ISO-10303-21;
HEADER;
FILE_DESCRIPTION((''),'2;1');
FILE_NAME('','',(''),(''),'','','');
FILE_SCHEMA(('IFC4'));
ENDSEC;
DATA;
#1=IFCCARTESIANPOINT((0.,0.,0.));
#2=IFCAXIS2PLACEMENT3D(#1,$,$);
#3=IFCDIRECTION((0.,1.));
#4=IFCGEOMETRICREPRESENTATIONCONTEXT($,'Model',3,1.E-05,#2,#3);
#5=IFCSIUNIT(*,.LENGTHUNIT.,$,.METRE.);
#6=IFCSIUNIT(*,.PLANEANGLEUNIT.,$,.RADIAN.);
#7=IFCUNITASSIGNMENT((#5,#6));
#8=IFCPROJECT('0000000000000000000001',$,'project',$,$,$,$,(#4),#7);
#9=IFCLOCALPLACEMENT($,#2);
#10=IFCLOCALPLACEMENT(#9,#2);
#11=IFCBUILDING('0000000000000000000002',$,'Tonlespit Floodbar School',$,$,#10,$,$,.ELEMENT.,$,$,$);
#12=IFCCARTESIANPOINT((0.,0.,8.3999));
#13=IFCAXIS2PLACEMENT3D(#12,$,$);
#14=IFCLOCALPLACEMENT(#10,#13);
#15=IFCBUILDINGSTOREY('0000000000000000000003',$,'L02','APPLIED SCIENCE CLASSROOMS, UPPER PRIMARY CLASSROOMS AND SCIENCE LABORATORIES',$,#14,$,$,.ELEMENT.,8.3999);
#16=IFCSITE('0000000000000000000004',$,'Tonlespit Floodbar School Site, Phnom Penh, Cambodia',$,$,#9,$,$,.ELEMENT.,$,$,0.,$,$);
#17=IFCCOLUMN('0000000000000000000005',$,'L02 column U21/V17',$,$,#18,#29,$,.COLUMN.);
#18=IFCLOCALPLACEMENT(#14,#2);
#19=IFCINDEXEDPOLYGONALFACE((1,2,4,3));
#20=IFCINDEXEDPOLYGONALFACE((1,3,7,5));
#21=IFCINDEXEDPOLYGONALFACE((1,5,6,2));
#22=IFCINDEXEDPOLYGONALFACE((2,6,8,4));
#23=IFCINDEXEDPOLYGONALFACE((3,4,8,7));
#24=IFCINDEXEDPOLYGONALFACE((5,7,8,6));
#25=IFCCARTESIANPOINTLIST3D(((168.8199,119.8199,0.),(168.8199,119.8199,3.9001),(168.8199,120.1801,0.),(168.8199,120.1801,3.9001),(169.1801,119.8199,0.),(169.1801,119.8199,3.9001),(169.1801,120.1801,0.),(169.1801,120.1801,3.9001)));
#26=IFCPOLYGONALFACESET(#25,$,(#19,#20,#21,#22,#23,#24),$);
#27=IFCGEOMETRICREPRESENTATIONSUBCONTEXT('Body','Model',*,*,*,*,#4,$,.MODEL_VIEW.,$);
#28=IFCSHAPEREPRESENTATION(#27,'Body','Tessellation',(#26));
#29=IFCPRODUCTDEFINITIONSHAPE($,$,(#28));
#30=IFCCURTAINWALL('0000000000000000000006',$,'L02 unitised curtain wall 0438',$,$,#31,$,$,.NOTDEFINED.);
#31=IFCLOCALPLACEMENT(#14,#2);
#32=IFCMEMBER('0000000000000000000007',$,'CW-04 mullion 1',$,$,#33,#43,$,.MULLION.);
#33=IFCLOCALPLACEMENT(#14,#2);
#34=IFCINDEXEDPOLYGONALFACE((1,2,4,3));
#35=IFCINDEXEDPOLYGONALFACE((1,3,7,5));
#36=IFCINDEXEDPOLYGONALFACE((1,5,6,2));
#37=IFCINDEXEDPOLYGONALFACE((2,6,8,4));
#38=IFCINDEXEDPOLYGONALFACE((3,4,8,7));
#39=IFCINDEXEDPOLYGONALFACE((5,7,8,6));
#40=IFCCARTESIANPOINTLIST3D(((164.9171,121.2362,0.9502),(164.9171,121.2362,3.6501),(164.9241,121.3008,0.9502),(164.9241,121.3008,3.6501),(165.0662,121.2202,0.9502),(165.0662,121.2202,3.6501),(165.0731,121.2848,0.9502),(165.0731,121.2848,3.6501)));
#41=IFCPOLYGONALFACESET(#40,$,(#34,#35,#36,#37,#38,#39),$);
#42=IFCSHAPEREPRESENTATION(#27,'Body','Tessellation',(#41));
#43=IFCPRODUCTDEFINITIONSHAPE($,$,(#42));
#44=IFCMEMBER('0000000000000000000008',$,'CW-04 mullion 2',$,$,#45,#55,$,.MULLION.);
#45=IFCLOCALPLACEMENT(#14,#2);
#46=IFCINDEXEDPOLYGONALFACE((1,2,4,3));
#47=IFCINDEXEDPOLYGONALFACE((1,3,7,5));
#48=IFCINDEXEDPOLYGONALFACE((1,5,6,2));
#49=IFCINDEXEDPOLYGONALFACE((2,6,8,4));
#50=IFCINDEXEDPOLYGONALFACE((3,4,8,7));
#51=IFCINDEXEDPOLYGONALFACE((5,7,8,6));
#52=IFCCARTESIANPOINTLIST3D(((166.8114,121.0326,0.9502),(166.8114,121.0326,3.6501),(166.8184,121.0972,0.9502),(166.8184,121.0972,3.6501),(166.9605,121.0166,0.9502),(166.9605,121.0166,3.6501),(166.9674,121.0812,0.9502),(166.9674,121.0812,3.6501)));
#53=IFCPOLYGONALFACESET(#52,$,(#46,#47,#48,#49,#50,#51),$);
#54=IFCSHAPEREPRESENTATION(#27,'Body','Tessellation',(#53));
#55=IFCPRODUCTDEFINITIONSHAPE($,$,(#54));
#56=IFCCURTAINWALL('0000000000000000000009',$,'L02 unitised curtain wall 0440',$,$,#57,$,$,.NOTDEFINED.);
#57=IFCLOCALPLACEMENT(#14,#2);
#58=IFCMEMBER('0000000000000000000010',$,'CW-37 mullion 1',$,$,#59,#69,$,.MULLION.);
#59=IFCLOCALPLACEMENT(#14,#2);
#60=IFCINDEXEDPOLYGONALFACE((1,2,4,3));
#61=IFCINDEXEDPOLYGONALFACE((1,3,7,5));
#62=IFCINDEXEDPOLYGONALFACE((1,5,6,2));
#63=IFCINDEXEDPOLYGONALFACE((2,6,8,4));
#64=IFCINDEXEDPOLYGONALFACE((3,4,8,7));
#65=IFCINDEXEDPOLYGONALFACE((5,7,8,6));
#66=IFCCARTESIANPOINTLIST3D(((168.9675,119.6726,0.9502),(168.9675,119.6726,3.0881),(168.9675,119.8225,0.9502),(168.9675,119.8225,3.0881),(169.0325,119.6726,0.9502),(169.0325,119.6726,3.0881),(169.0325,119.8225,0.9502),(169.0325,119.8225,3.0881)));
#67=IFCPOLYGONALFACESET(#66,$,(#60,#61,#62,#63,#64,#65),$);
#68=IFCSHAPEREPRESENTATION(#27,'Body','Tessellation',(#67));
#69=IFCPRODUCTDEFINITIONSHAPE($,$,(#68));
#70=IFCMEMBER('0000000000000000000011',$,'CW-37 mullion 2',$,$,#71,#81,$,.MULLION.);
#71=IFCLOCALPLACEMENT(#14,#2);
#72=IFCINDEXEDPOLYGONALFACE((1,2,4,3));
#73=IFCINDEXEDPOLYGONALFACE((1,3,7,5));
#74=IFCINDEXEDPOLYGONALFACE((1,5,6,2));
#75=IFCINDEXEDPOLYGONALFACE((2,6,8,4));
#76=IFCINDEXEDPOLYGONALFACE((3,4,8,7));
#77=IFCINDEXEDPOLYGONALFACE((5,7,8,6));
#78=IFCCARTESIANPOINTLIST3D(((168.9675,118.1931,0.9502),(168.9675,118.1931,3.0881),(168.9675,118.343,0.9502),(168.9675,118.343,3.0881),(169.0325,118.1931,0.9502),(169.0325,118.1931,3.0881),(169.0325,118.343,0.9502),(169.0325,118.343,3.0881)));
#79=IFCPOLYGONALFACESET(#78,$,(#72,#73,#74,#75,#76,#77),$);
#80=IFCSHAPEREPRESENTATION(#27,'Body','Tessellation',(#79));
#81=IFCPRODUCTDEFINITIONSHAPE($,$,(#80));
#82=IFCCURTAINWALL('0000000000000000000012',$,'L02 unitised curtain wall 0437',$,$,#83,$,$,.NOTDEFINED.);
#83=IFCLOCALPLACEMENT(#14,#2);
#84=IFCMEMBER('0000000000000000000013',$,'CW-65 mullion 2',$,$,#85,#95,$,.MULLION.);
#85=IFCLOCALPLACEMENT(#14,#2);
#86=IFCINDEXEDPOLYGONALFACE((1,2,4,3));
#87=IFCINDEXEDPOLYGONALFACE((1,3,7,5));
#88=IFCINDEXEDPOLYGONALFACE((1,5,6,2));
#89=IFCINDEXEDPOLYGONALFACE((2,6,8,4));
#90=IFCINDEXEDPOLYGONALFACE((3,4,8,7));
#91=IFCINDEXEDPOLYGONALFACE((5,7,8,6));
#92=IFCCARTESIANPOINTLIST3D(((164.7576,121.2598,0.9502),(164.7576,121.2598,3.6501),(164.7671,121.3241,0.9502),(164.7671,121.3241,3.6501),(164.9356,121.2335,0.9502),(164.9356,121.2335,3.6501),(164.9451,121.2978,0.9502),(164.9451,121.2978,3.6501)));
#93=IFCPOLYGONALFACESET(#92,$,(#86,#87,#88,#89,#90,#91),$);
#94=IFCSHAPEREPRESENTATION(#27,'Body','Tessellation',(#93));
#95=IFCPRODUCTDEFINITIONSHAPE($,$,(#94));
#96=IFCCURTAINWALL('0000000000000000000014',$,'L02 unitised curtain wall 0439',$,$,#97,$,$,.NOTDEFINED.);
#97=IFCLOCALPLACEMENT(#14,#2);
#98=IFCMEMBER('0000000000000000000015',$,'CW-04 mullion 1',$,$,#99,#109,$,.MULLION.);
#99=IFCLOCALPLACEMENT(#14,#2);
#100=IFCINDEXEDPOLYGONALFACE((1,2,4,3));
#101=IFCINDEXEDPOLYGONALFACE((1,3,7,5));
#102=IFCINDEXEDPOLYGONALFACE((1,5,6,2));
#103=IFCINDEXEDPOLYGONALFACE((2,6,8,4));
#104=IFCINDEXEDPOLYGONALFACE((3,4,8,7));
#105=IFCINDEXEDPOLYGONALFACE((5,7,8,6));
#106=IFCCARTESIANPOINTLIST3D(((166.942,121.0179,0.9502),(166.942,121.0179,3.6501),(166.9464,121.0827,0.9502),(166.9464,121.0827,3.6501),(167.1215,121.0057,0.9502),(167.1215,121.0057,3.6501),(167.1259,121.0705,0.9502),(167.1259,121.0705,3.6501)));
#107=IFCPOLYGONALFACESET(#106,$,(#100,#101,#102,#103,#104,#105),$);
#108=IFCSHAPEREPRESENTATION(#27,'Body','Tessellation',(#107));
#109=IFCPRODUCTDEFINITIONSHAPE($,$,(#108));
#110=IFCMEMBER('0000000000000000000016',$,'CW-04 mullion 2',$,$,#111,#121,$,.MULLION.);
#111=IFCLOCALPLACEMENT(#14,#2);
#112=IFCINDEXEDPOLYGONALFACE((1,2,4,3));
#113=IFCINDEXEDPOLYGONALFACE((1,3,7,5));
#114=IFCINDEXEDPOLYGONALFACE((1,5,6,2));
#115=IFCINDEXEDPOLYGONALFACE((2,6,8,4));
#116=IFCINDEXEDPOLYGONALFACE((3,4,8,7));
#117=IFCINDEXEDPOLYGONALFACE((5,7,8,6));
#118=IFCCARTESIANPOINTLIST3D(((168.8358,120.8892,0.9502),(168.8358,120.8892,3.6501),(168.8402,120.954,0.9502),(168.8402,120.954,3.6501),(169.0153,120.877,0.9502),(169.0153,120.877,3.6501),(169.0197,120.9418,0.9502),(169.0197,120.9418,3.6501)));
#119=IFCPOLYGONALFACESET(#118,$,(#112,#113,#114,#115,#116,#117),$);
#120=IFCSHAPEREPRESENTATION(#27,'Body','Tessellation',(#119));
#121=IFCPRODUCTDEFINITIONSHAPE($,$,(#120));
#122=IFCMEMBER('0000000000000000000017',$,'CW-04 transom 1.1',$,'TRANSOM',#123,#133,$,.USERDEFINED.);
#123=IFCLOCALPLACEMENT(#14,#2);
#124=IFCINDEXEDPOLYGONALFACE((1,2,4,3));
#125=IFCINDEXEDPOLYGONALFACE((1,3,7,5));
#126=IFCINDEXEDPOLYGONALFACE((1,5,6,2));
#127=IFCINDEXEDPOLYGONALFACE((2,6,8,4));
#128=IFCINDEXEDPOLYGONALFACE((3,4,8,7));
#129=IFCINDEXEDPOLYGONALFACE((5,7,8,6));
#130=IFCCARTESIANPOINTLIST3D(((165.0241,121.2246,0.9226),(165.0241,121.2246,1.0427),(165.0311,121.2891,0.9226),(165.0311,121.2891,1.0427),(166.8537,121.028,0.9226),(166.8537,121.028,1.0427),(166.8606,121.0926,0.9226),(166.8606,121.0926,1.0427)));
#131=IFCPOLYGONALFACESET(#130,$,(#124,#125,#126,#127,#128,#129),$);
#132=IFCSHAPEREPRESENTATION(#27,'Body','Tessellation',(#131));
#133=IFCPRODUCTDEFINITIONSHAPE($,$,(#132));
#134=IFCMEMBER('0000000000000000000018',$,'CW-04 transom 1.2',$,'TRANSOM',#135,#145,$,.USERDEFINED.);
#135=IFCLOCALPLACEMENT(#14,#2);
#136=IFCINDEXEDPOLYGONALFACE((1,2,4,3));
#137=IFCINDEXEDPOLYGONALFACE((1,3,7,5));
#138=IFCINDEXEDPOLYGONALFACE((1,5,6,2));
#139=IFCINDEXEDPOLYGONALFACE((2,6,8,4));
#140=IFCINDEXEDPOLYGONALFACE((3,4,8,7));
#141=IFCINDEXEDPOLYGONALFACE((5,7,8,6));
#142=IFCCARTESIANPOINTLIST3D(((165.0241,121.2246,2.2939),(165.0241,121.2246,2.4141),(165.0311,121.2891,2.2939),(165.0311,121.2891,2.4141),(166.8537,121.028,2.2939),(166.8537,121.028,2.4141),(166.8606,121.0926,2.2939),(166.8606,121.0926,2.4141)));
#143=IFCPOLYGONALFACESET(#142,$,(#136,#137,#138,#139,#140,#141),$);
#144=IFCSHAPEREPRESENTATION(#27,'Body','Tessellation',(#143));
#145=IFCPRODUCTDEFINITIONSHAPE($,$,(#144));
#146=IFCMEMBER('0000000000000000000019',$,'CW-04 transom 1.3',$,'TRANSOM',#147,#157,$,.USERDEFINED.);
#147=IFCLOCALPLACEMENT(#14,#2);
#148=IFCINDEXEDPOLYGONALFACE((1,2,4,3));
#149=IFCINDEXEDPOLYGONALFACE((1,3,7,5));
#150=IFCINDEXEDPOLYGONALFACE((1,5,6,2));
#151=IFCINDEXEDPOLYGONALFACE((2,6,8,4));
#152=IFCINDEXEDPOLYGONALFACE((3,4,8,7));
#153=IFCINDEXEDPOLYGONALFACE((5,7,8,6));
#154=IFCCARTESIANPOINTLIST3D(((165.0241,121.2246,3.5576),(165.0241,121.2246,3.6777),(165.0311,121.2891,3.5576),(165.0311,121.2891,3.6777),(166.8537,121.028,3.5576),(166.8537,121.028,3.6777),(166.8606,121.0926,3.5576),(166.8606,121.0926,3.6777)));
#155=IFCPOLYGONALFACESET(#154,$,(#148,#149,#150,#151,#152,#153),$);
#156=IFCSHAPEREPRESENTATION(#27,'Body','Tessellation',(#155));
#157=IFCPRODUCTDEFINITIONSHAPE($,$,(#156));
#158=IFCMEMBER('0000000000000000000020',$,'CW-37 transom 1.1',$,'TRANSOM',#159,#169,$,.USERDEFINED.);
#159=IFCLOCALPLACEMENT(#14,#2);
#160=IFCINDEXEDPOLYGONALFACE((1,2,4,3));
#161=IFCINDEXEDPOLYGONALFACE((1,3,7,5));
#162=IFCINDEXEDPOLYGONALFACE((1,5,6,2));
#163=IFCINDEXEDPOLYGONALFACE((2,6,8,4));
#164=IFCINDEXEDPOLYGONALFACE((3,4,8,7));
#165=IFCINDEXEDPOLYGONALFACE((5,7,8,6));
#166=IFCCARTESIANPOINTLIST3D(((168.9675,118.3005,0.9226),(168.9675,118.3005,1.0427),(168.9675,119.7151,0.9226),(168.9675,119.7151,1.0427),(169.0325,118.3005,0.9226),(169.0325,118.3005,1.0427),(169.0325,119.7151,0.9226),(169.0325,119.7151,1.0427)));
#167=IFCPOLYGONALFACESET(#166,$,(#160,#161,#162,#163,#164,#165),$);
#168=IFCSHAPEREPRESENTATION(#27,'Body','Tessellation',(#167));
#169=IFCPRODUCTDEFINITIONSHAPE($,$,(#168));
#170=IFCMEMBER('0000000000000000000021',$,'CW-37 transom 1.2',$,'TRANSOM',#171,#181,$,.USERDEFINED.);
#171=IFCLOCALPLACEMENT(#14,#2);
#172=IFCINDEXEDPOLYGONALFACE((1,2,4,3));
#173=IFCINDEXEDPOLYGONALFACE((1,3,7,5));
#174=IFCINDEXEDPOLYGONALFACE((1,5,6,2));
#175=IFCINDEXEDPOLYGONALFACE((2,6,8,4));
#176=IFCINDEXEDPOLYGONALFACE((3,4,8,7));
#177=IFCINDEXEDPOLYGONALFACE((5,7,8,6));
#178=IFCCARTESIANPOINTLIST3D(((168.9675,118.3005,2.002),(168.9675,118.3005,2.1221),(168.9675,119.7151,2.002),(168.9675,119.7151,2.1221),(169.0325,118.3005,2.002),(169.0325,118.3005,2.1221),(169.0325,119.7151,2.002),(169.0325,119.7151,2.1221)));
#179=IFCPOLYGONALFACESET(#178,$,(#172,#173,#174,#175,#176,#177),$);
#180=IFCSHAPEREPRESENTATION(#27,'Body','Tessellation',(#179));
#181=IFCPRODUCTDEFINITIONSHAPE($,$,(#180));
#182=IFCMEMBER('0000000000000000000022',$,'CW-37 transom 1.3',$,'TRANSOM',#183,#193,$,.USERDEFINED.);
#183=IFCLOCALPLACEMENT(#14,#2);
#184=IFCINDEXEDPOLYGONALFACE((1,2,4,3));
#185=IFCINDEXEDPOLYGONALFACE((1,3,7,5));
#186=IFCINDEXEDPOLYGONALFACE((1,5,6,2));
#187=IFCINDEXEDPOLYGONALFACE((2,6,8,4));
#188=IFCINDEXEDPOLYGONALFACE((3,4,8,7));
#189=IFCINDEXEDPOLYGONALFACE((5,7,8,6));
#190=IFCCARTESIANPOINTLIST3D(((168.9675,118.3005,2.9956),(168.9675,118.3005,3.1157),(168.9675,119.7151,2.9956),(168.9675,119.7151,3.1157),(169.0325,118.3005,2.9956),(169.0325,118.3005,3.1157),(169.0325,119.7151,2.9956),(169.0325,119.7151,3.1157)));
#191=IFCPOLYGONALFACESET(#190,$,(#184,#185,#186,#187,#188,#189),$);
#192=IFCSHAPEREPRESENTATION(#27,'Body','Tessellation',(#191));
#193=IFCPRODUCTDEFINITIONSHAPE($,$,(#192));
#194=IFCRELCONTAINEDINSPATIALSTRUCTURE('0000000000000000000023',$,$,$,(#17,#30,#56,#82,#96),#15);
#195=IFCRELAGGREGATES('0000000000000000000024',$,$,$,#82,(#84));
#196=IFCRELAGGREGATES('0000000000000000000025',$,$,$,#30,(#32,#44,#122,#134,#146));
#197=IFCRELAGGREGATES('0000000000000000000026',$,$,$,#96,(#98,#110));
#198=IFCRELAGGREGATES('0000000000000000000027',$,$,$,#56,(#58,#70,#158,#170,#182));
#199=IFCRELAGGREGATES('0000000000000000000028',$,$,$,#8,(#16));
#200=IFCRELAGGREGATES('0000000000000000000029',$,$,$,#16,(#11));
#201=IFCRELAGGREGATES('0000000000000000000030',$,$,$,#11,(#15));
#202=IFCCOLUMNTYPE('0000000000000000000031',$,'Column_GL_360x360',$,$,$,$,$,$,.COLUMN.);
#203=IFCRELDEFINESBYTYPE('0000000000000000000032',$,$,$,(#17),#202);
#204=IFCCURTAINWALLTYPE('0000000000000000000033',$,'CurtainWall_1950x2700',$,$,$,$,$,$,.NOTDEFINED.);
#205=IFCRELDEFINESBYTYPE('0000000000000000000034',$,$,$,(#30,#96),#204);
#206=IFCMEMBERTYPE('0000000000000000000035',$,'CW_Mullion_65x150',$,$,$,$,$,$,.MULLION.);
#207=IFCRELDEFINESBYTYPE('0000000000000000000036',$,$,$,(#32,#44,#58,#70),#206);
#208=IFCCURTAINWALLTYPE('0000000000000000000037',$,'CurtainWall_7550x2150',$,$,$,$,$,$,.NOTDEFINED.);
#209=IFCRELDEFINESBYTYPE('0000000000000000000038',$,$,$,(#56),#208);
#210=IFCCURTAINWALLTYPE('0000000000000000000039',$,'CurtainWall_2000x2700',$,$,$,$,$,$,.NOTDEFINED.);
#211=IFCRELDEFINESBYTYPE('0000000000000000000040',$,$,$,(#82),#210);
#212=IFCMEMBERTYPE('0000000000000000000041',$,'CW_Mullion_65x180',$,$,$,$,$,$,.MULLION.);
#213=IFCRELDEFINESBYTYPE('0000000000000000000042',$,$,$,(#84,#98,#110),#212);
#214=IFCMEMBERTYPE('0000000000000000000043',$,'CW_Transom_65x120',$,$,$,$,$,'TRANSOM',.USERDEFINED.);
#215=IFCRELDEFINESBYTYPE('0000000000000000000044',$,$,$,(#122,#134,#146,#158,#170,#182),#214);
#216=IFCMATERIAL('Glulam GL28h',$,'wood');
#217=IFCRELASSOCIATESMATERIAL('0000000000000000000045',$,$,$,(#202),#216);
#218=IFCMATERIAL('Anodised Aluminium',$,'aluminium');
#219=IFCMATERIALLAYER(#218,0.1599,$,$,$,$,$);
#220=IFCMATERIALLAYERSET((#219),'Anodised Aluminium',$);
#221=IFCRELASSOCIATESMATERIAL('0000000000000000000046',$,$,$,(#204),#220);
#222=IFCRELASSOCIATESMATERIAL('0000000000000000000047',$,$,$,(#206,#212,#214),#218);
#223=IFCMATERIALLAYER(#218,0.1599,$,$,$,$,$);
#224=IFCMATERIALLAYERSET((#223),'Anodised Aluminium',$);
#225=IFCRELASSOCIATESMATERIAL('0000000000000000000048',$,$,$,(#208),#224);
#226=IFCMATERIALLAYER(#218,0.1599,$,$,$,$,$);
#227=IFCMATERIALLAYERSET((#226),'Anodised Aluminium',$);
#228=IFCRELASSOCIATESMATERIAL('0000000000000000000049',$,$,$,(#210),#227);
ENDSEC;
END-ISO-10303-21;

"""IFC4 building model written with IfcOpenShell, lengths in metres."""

from ifc_helpers import new_model, si_unit, direction, frame, origin, origin_2d, place, context, subcontext, project, spatial, rectangle, extrude, material, layer, layer_set, material_profile, profile_set, type_object, element, aggregate, save


model = new_model("IFC4")

# Units and contexts
model_context = context("Model", 3, precision=1e-05, world=origin(), true_north=direction((0.0, 1.0)))
body_context = subcontext(model_context, "Body", "Model", "MODEL_VIEW")
ifc_project = project(units=[si_unit("LENGTHUNIT", "METRE"), si_unit("PLANEANGLEUNIT", "RADIAN")], contexts=[model_context])

# Site, building, storey
site_placement = place(None, origin())
site = spatial("IfcSite", under=ifc_project, at=site_placement, Name="Tonlespit Floodbar School Site, Phnom Penh, Cambodia", CompositionType="ELEMENT", RefElevation=0.0)
building_placement = place(site_placement, origin())
building = spatial("IfcBuilding", under=site, at=building_placement, Name="Tonlespit Floodbar School", CompositionType="ELEMENT")
storey_placement = place(building_placement, frame((0.0, 0.0, 8.3999)))
storey = spatial("IfcBuildingStorey", under=building, at=storey_placement, Name="L02", Description="APPLIED SCIENCE CLASSROOMS, UPPER PRIMARY CLASSROOMS AND SCIENCE LABORATORIES", CompositionType="ELEMENT", Elevation=8.3999)

# Column
ifc_material_1 = material(Name="Glulam GL28h", Category="wood")
ifc_material_profile_1 = material_profile(ifc_material_1, rectangle(XDim=0.3601, YDim=0.3601, at=origin_2d()), Name="GL 360x360")
ifc_profile_set_1 = profile_set([ifc_material_profile_1], Name="Glulam GL28h")
column_type = type_object("IfcColumnType", Name="Column_GL_360x360", PredefinedType="COLUMN", material=ifc_profile_set_1)
column_placement = place(storey_placement, frame((169.0, 120.0, 0.0), z_axis=(0.0, 0.0, 1.0), x_axis=(1.0, 0.0, 0.0)))
element("IfcColumn", 1, at=column_placement, inside=storey, type_object=column_type, Name="L02 column U21/V17", PredefinedType="COLUMN", context=body_context, shape_type="SweptSolid", body=[
    extrude(rectangle(XDim=0.3601, YDim=0.3601, at=origin_2d()), origin(), (0.0, 0.0, 1.0), 3.9001),
])

# Curtain walls, members
ifc_material_2 = material(Name="Anodised Aluminium", Category="aluminium")
ifc_layer_1 = layer(ifc_material_2, 0.1599)
ifc_layer_set_1 = layer_set([ifc_layer_1], Name="Anodised Aluminium")
curtain_wall_type_1 = type_object("IfcCurtainWallType", Name="CurtainWall_1950x2700", PredefinedType="NOTDEFINED", material=ifc_layer_set_1)
curtain_wall_1_placement = place(storey_placement, origin())
curtain_wall_1 = element("IfcCurtainWall", 2, at=curtain_wall_1_placement, inside=storey, type_object=curtain_wall_type_1, Name="L02 unitised curtain wall 0438", PredefinedType="NOTDEFINED")
ifc_material_profile_2 = material_profile(ifc_material_2, rectangle(XDim=0.0649, YDim=0.1499, at=origin_2d()), Name="ALU M65x150")
ifc_profile_set_2 = profile_set([ifc_material_profile_2], Name="Anodised Aluminium")
member_type_1 = type_object("IfcMemberType", Name="CW_Mullion_65x150", PredefinedType="MULLION", material=ifc_profile_set_2)
member_1_placement = place(storey_placement, frame((164.9951, 121.2605, 0.9502), z_axis=(0.0, 0.0, 1.0), x_axis=(0.106899, 0.99427, 0.0)))
member_1 = element("IfcMember", 3, at=member_1_placement, type_object=member_type_1, Name="CW-04 mullion 1", PredefinedType="MULLION", context=body_context, shape_type="SweptSolid", body=[
    extrude(rectangle(XDim=0.0649, YDim=0.1499, at=origin_2d()), origin(), (0.0, 0.0, 1.0), 2.7),
])
member_2_placement = place(storey_placement, frame((166.8894, 121.0569, 0.9502), z_axis=(0.0, 0.0, 1.0), x_axis=(0.106899, 0.99427, 0.0)))
member_2 = element("IfcMember", 4, at=member_2_placement, type_object=member_type_1, Name="CW-04 mullion 2", PredefinedType="MULLION", context=body_context, shape_type="SweptSolid", body=[
    extrude(rectangle(XDim=0.0649, YDim=0.1499, at=origin_2d()), origin(), (0.0, 0.0, 1.0), 2.7),
])
ifc_layer_2 = layer(ifc_material_2, 0.1599)
ifc_layer_set_2 = layer_set([ifc_layer_2], Name="Anodised Aluminium")
curtain_wall_type_2 = type_object("IfcCurtainWallType", Name="CurtainWall_7550x2150", PredefinedType="NOTDEFINED", material=ifc_layer_set_2)
curtain_wall_2_placement = place(storey_placement, origin())
curtain_wall_2 = element("IfcCurtainWall", 5, at=curtain_wall_2_placement, inside=storey, type_object=curtain_wall_type_2, Name="L02 unitised curtain wall 0440", PredefinedType="NOTDEFINED")
member_3_placement = place(storey_placement, frame((169.0, 119.7476, 0.9502), z_axis=(0.0, 0.0, 1.0), x_axis=(1.0, 0.0, 0.0)))
member_3 = element("IfcMember", 6, at=member_3_placement, type_object=member_type_1, Name="CW-37 mullion 1", PredefinedType="MULLION", context=body_context, shape_type="SweptSolid", body=[
    extrude(rectangle(XDim=0.0649, YDim=0.1499, at=origin_2d()), origin(), (0.0, 0.0, 1.0), 2.1379),
])
member_4_placement = place(storey_placement, frame((169.0, 118.2681, 0.9502), z_axis=(0.0, 0.0, 1.0), x_axis=(1.0, 0.0, 0.0)))
member_4 = element("IfcMember", 7, at=member_4_placement, type_object=member_type_1, Name="CW-37 mullion 2", PredefinedType="MULLION", context=body_context, shape_type="SweptSolid", body=[
    extrude(rectangle(XDim=0.0649, YDim=0.1499, at=origin_2d()), origin(), (0.0, 0.0, 1.0), 2.1379),
])

# Curtain wall, member
ifc_layer_3 = layer(ifc_material_2, 0.1599)
ifc_layer_set_3 = layer_set([ifc_layer_3], Name="Anodised Aluminium")
curtain_wall_type_3 = type_object("IfcCurtainWallType", Name="CurtainWall_2000x2700", PredefinedType="NOTDEFINED", material=ifc_layer_set_3)
curtain_wall_3_placement = place(storey_placement, origin())
curtain_wall_3 = element("IfcCurtainWall", 8, at=curtain_wall_3_placement, inside=storey, type_object=curtain_wall_type_3, Name="L02 unitised curtain wall 0437", PredefinedType="NOTDEFINED")
ifc_material_profile_3 = material_profile(ifc_material_2, rectangle(XDim=0.0649, YDim=0.1799, at=origin_2d()), Name="ALU M65x180")
ifc_profile_set_3 = profile_set([ifc_material_profile_3], Name="Anodised Aluminium")
member_type_2 = type_object("IfcMemberType", Name="CW_Mullion_65x180", PredefinedType="MULLION", material=ifc_profile_set_3)
member_5_placement = place(storey_placement, frame((164.8513, 121.2788, 0.9502), z_axis=(0.0, 0.0, 1.0), x_axis=(0.146022, 0.989281, 0.0)))
member_5 = element("IfcMember", 9, at=member_5_placement, type_object=member_type_2, Name="CW-65 mullion 2", PredefinedType="MULLION", context=body_context, shape_type="SweptSolid", body=[
    extrude(rectangle(XDim=0.0649, YDim=0.1799, at=origin_2d()), origin(), (0.0, 0.0, 1.0), 2.7),
])
aggregate(curtain_wall_3, [member_5])

# Curtain wall, members
curtain_wall_4_placement = place(storey_placement, origin())
curtain_wall_4 = element("IfcCurtainWall", 10, at=curtain_wall_4_placement, inside=storey, type_object=curtain_wall_type_1, Name="L02 unitised curtain wall 0439", PredefinedType="NOTDEFINED")
member_6_placement = place(storey_placement, frame((167.0339, 121.0442, 0.9502), z_axis=(0.0, 0.0, 1.0), x_axis=(0.067695, 0.997706, 0.0)))
member_6 = element("IfcMember", 11, at=member_6_placement, type_object=member_type_2, Name="CW-04 mullion 1", PredefinedType="MULLION", context=body_context, shape_type="SweptSolid", body=[
    extrude(rectangle(XDim=0.0649, YDim=0.1799, at=origin_2d()), origin(), (0.0, 0.0, 1.0), 2.7),
])
member_7_placement = place(storey_placement, frame((168.9277, 120.9155, 0.9502), z_axis=(0.0, 0.0, 1.0), x_axis=(0.067695, 0.997706, 0.0)))
member_7 = element("IfcMember", 12, at=member_7_placement, type_object=member_type_2, Name="CW-04 mullion 2", PredefinedType="MULLION", context=body_context, shape_type="SweptSolid", body=[
    extrude(rectangle(XDim=0.0649, YDim=0.1799, at=origin_2d()), origin(), (0.0, 0.0, 1.0), 2.7),
])

# Members
ifc_material_profile_4 = material_profile(ifc_material_2, rectangle(XDim=0.0649, YDim=0.1201, at=origin_2d()), Name="ALU T65x120")
ifc_profile_set_4 = profile_set([ifc_material_profile_4], Name="Anodised Aluminium")
member_type_3 = type_object("IfcMemberType", Name="CW_Transom_65x120", ElementType="TRANSOM", PredefinedType="USERDEFINED", material=ifc_profile_set_4)
member_8_placement = place(storey_placement, frame((165.0276, 121.2568, 0.9827), z_axis=(0.99428, -0.106805, 0.0), x_axis=(0.106805, 0.99428, 0.0)))
member_8 = element("IfcMember", 13, at=member_8_placement, type_object=member_type_3, Name="CW-04 transom 1.1", ObjectType="TRANSOM", PredefinedType="USERDEFINED", context=body_context, shape_type="SweptSolid", body=[
    extrude(rectangle(XDim=0.0649, YDim=0.1201, at=origin_2d()), origin(), (0.0, 0.0, 1.0), 1.8401),
])
member_9_placement = place(storey_placement, frame((165.0276, 121.2568, 2.354), z_axis=(0.99428, -0.106805, 0.0), x_axis=(0.106805, 0.99428, 0.0)))
member_9 = element("IfcMember", 14, at=member_9_placement, type_object=member_type_3, Name="CW-04 transom 1.2", ObjectType="TRANSOM", PredefinedType="USERDEFINED", context=body_context, shape_type="SweptSolid", body=[
    extrude(rectangle(XDim=0.0649, YDim=0.1201, at=origin_2d()), origin(), (0.0, 0.0, 1.0), 1.8401),
])
member_10_placement = place(storey_placement, frame((165.0276, 121.2568, 3.6177), z_axis=(0.99428, -0.106805, 0.0), x_axis=(0.106805, 0.99428, 0.0)))
member_10 = element("IfcMember", 15, at=member_10_placement, type_object=member_type_3, Name="CW-04 transom 1.3", ObjectType="TRANSOM", PredefinedType="USERDEFINED", context=body_context, shape_type="SweptSolid", body=[
    extrude(rectangle(XDim=0.0649, YDim=0.1201, at=origin_2d()), origin(), (0.0, 0.0, 1.0), 1.8401),
])
member_11_placement = place(storey_placement, frame((169.0, 119.7151, 0.9827), z_axis=(0.0, -1.0, 0.0), x_axis=(1.0, 0.0, 0.0)))
member_11 = element("IfcMember", 16, at=member_11_placement, type_object=member_type_3, Name="CW-37 transom 1.1", ObjectType="TRANSOM", PredefinedType="USERDEFINED", context=body_context, shape_type="SweptSolid", body=[
    extrude(rectangle(XDim=0.0649, YDim=0.1201, at=origin_2d()), origin(), (0.0, 0.0, 1.0), 1.4146),
])
member_12_placement = place(storey_placement, frame((169.0, 119.7151, 2.062), z_axis=(0.0, -1.0, 0.0), x_axis=(1.0, 0.0, 0.0)))
member_12 = element("IfcMember", 17, at=member_12_placement, type_object=member_type_3, Name="CW-37 transom 1.2", ObjectType="TRANSOM", PredefinedType="USERDEFINED", context=body_context, shape_type="SweptSolid", body=[
    extrude(rectangle(XDim=0.0649, YDim=0.1201, at=origin_2d()), origin(), (0.0, 0.0, 1.0), 1.4146),
])
member_13_placement = place(storey_placement, frame((169.0, 119.7151, 3.0557), z_axis=(0.0, -1.0, 0.0), x_axis=(1.0, 0.0, 0.0)))
member_13 = element("IfcMember", 18, at=member_13_placement, type_object=member_type_3, Name="CW-37 transom 1.3", ObjectType="TRANSOM", PredefinedType="USERDEFINED", context=body_context, shape_type="SweptSolid", body=[
    extrude(rectangle(XDim=0.0649, YDim=0.1201, at=origin_2d()), origin(), (0.0, 0.0, 1.0), 1.4146),
])

aggregate(curtain_wall_1, [member_1, member_2, member_8, member_9, member_10])
aggregate(curtain_wall_4, [member_6, member_7])
aggregate(curtain_wall_2, [member_3, member_4, member_11, member_12, member_13])

save(model, "model.ifc")
